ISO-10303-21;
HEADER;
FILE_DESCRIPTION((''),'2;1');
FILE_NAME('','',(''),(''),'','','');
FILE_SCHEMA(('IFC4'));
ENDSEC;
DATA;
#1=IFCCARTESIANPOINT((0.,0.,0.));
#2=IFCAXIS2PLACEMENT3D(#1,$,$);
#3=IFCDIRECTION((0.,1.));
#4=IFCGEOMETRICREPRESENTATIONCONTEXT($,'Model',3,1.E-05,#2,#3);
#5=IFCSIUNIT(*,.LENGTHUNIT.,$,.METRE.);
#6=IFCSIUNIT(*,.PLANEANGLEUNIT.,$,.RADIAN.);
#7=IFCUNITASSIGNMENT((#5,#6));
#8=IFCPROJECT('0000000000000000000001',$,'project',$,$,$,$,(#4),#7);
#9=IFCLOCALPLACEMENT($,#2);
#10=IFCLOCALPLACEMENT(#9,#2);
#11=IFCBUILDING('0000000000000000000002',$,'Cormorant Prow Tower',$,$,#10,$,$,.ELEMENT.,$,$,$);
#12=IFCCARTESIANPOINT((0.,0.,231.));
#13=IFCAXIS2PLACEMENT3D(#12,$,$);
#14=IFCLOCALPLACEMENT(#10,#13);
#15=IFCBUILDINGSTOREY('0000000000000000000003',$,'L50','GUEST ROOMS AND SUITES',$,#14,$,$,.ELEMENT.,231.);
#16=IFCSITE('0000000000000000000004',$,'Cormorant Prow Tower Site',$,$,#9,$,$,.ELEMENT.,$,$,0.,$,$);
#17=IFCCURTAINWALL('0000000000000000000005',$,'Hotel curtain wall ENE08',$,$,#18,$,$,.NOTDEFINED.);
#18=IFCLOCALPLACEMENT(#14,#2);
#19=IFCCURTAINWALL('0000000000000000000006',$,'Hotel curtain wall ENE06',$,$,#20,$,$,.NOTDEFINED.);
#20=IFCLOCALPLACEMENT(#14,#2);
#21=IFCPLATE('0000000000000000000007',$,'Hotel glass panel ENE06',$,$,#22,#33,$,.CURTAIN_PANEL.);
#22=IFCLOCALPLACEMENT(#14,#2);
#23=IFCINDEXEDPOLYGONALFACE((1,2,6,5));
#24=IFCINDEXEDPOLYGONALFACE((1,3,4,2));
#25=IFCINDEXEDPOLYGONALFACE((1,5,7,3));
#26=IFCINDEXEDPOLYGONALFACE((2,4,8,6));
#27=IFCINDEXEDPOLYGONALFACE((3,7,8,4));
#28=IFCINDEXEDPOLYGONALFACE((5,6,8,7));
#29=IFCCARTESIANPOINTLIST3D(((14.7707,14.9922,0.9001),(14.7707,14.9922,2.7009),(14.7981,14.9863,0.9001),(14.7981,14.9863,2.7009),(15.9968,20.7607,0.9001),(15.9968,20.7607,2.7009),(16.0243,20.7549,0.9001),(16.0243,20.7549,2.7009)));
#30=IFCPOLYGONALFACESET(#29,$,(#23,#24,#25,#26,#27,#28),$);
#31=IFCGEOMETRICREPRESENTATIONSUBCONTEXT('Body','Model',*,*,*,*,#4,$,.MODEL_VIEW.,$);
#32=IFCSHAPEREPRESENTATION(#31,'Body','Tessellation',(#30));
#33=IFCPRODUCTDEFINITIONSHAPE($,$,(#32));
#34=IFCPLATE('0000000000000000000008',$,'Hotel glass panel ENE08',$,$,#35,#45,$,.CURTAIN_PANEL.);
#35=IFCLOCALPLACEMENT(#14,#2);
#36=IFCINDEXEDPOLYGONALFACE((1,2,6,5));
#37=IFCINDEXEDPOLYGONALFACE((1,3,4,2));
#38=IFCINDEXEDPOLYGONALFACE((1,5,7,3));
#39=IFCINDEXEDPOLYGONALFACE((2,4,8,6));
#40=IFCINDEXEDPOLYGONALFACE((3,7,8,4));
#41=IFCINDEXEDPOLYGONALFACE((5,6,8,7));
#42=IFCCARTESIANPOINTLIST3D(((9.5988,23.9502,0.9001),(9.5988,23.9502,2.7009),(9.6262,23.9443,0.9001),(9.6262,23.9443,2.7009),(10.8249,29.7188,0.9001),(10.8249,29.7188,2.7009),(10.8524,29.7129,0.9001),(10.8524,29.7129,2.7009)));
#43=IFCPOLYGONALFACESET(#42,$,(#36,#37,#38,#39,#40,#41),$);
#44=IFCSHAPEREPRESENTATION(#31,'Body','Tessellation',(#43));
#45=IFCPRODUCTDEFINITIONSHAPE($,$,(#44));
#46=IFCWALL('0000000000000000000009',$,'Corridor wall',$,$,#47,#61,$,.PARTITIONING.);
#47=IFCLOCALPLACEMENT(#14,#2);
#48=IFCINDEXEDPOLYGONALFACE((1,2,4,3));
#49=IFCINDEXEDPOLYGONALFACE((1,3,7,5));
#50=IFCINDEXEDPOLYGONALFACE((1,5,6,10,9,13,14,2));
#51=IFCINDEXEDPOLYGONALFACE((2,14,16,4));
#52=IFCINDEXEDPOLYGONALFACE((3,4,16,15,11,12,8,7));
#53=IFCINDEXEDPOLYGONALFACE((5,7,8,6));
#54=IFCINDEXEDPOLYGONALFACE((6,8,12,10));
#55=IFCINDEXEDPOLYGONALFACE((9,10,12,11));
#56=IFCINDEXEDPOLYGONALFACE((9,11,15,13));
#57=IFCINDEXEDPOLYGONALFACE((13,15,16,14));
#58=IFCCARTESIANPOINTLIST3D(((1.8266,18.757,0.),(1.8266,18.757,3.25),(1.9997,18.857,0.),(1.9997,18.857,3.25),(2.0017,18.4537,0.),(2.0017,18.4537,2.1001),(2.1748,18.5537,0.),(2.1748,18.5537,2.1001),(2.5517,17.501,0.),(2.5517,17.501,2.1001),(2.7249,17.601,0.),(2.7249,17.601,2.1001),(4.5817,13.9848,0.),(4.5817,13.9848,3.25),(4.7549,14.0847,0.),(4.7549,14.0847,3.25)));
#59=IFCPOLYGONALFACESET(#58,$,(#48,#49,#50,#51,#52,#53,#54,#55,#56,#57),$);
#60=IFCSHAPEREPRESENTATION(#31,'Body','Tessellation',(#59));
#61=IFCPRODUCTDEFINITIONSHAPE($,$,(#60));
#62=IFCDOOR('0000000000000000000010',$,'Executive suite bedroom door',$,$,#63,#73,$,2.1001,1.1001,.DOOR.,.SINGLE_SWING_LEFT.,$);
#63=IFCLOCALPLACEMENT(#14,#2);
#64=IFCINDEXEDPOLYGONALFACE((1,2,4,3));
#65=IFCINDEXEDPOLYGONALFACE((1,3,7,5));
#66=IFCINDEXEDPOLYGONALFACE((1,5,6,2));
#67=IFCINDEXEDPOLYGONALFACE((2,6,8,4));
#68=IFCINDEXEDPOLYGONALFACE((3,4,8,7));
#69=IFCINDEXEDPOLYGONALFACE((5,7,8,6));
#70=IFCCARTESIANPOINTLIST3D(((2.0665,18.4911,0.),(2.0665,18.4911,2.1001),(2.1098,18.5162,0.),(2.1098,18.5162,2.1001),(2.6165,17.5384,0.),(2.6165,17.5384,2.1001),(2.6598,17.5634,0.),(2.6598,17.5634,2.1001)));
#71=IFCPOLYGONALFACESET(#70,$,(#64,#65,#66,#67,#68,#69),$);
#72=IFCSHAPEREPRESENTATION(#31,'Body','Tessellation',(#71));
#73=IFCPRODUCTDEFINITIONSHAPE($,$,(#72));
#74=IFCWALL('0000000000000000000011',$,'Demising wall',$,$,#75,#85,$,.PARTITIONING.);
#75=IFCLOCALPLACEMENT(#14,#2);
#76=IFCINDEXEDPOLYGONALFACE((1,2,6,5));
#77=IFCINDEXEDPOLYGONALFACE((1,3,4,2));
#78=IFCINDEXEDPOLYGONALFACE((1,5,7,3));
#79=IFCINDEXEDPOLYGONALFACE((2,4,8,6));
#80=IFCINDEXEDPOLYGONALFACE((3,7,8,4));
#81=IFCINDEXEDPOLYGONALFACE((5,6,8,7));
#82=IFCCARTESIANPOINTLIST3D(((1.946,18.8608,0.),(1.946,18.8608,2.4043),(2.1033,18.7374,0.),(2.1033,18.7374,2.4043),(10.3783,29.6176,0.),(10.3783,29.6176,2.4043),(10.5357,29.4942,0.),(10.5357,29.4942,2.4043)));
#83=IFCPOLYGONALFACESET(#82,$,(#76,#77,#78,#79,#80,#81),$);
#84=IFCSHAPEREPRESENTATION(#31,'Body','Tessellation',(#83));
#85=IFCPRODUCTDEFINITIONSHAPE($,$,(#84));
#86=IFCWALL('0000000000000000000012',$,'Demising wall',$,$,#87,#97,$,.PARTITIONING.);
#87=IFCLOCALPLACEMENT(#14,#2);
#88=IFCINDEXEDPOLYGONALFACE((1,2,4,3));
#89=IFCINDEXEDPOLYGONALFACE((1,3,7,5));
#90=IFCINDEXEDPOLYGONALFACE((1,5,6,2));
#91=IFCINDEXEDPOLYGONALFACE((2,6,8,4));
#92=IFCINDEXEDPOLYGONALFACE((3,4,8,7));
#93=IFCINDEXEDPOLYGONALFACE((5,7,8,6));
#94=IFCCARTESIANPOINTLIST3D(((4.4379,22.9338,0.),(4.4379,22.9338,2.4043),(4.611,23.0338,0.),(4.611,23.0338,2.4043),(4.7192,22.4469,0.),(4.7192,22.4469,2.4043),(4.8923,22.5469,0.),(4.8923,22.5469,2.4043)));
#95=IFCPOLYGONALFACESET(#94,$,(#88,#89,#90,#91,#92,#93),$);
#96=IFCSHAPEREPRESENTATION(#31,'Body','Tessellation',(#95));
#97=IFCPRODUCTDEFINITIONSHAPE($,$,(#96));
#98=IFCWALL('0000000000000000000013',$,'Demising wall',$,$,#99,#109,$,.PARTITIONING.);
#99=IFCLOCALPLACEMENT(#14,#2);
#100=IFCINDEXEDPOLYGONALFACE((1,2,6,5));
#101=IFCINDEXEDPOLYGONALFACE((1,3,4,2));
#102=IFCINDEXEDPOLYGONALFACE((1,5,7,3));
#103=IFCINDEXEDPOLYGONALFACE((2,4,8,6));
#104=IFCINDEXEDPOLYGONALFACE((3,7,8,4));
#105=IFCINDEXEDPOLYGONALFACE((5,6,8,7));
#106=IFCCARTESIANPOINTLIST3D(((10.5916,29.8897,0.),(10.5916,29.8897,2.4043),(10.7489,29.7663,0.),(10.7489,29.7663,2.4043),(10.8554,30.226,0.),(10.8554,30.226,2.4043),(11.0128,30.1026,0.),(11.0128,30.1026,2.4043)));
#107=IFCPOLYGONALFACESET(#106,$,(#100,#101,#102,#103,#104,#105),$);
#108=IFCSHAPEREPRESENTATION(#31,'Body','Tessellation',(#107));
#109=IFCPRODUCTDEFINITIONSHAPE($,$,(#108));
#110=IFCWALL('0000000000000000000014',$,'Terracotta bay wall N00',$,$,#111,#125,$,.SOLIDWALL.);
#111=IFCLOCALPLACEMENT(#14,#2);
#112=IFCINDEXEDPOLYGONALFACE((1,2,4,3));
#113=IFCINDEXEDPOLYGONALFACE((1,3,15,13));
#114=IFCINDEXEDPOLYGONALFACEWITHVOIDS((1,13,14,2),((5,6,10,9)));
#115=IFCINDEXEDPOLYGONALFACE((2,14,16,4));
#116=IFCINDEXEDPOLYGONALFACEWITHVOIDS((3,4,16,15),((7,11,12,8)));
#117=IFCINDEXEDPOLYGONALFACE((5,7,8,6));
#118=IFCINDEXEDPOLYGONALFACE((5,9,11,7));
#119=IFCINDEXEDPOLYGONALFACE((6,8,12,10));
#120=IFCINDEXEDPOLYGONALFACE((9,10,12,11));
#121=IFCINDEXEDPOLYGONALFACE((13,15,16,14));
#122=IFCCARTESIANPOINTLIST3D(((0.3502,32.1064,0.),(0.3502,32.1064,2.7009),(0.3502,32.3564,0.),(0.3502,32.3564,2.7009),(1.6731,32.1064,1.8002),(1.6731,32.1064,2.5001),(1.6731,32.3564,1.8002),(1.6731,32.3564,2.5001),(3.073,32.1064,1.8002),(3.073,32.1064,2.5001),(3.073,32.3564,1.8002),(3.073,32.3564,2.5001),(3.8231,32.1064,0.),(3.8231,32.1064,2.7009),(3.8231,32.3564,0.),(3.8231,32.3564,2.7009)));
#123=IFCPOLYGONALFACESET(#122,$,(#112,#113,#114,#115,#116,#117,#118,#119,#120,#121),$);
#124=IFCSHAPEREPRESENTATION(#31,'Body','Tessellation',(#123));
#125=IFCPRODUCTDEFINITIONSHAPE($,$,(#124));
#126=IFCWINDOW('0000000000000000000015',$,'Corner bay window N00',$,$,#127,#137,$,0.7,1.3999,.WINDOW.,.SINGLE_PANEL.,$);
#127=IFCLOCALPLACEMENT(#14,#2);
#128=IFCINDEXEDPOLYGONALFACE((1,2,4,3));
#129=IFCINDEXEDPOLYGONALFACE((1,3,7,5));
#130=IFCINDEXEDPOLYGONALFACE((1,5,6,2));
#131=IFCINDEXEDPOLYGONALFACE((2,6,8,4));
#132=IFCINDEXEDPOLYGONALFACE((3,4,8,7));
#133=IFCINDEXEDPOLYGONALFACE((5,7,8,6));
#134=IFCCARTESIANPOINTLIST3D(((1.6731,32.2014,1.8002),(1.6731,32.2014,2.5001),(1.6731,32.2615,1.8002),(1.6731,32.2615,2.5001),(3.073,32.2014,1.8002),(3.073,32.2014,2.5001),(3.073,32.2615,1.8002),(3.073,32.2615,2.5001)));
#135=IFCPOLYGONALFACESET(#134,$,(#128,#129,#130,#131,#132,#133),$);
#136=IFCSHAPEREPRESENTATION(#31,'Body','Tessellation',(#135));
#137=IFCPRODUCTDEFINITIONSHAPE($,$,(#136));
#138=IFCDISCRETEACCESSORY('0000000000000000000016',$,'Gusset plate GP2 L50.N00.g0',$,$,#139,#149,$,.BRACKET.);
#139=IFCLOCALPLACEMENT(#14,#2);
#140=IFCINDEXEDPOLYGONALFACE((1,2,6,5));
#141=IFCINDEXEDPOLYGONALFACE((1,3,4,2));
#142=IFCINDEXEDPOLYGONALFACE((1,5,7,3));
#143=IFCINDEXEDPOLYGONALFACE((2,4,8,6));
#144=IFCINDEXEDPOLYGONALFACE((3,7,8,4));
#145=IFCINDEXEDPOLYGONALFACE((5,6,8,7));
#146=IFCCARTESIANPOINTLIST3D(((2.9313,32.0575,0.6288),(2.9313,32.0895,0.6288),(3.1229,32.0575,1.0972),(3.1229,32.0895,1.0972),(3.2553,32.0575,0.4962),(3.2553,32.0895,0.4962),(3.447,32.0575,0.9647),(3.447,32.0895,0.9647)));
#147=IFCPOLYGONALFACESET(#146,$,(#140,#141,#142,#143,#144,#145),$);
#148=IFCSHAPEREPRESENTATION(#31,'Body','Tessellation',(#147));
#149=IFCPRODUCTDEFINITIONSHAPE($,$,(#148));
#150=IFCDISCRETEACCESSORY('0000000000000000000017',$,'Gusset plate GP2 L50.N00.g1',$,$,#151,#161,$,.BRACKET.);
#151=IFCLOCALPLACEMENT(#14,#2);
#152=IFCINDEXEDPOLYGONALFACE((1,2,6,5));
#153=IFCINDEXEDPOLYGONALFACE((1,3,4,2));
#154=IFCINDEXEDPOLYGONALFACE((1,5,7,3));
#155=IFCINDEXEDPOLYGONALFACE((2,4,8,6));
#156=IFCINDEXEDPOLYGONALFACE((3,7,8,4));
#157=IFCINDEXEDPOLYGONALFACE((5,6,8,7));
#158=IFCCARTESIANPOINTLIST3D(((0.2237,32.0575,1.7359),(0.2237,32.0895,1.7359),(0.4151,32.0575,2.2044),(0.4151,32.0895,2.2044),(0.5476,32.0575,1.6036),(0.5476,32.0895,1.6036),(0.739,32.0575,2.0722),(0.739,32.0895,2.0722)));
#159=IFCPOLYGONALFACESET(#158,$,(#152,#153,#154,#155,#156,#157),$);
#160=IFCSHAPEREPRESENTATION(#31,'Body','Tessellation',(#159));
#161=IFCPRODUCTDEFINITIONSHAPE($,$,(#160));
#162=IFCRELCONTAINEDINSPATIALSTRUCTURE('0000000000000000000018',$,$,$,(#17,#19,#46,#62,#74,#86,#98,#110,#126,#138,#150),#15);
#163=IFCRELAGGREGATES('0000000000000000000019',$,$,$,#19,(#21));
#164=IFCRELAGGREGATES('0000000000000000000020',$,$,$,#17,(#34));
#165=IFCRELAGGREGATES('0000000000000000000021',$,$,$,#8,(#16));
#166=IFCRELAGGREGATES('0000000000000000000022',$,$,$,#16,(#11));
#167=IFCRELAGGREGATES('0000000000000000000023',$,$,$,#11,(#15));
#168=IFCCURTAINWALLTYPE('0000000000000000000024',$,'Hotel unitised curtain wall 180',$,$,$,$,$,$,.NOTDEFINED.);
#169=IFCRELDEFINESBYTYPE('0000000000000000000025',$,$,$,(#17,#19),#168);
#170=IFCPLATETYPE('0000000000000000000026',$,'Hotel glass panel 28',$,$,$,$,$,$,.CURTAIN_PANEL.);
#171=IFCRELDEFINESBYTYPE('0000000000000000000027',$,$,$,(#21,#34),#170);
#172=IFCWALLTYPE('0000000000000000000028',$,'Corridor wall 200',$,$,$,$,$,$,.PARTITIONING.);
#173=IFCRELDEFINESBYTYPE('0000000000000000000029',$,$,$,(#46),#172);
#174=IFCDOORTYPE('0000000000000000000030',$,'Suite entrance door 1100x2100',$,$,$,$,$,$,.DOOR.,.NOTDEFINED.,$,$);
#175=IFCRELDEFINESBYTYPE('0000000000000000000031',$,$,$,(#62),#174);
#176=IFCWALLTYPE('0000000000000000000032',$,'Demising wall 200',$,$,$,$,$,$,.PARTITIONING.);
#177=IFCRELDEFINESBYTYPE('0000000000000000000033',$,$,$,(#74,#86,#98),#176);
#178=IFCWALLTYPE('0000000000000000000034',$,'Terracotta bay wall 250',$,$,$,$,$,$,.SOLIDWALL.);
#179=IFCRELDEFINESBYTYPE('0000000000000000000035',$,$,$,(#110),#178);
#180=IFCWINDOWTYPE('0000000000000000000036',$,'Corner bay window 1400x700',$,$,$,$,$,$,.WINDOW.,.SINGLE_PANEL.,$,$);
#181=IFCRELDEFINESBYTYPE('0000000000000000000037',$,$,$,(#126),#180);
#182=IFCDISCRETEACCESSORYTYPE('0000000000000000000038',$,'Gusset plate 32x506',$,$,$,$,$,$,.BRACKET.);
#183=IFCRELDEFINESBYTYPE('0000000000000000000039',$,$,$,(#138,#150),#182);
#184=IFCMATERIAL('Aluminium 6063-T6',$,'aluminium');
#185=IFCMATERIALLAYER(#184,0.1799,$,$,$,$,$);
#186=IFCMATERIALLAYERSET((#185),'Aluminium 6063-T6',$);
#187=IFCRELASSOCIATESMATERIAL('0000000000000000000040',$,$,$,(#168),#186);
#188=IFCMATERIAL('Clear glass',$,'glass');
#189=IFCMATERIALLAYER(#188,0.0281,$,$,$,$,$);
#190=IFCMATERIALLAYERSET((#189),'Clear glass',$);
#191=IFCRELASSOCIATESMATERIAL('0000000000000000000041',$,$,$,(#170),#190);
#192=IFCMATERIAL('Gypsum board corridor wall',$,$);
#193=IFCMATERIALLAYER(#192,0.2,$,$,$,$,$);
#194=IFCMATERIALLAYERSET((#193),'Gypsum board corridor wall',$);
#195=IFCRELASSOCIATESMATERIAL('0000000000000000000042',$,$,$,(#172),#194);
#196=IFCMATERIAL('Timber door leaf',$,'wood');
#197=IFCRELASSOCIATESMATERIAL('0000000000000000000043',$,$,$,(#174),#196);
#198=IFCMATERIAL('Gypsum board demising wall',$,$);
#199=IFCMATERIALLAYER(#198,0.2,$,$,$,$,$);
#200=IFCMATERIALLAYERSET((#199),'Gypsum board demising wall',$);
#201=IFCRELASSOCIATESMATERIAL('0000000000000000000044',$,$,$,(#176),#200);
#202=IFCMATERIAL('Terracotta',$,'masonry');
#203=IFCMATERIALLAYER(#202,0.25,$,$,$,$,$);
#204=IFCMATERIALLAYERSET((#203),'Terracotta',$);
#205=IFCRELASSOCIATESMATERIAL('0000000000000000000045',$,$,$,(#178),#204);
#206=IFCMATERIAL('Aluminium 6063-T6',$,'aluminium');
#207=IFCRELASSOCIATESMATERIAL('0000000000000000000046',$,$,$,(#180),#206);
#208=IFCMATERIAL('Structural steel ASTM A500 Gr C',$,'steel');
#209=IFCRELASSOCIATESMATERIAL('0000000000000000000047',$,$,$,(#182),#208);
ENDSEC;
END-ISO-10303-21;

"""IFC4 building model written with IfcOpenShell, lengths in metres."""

from ifc_helpers import new_model, si_unit, direction, frame, frame_2d, origin, origin_2d, place, context, subcontext, project, spatial, rectangle, extrude, material, layer, layer_set, material_profile, profile_set, type_object, element, fill, aggregate, save


model = new_model("IFC4")

# Units and contexts
model_context = context("Model", 3, precision=1e-05, world=origin(), true_north=direction((0.0, 1.0)))
body_context = subcontext(model_context, "Body", "Model", "MODEL_VIEW")
ifc_project = project(units=[si_unit("LENGTHUNIT", "METRE"), si_unit("PLANEANGLEUNIT", "RADIAN")], contexts=[model_context])

# Site, building, storey
site_placement = place(None, origin())
site = spatial("IfcSite", under=ifc_project, at=site_placement, Name="Cormorant Prow Tower Site", CompositionType="ELEMENT", RefElevation=0.0)
building_placement = place(site_placement, origin())
building = spatial("IfcBuilding", under=site, at=building_placement, Name="Cormorant Prow Tower", CompositionType="ELEMENT")
storey_placement = place(building_placement, frame((0.0, 0.0, 231.0)))
storey = spatial("IfcBuildingStorey", under=building, at=storey_placement, Name="L50", Description="GUEST ROOMS AND SUITES", CompositionType="ELEMENT", Elevation=231.0)

# Curtain wall
ifc_material_1 = material(Name="Aluminium 6063-T6", Category="aluminium")
ifc_layer_1 = layer(ifc_material_1, 0.1799)
ifc_layer_set_1 = layer_set([ifc_layer_1], Name="Aluminium 6063-T6")
curtain_wall_type = type_object("IfcCurtainWallType", Name="Hotel unitised curtain wall 180", PredefinedType="NOTDEFINED", material=ifc_layer_set_1)
curtain_wall_1_placement = place(storey_placement, origin())
curtain_wall_1 = element("IfcCurtainWall", 1, at=curtain_wall_1_placement, inside=storey, type_object=curtain_wall_type, Name="Hotel curtain wall ENE08", PredefinedType="NOTDEFINED")

# Curtain wall, plate
curtain_wall_2_placement = place(storey_placement, origin())
curtain_wall_2 = element("IfcCurtainWall", 2, at=curtain_wall_2_placement, inside=storey, type_object=curtain_wall_type, Name="Hotel curtain wall ENE06", PredefinedType="NOTDEFINED")
ifc_material_2 = material(Name="Clear glass", Category="glass")
ifc_layer_2 = layer(ifc_material_2, 0.0281)
ifc_layer_set_2 = layer_set([ifc_layer_2], Name="Clear glass")
plate_type = type_object("IfcPlateType", Name="Hotel glass panel 28", PredefinedType="CURTAIN_PANEL", material=ifc_layer_set_2)
plate_1_placement = place(storey_placement, frame((15.3975, 17.8735, 0.9001), z_axis=(0.0, 0.0, 1.0), x_axis=(0.207912, 0.978148, 0.0)))
plate_1 = element("IfcPlate", 3, at=plate_1_placement, type_object=plate_type, Name="Hotel glass panel ENE06", PredefinedType="CURTAIN_PANEL", context=body_context, shape_type="SweptSolid", body=[
    extrude(rectangle(XDim=5.8975, YDim=0.0281, at=origin_2d()), origin(), (0.0, 0.0, 1.0), 1.8008),
])
aggregate(curtain_wall_2, [plate_1])

# Plate
plate_2_placement = place(storey_placement, frame((10.2256, 26.8315, 0.9001), z_axis=(0.0, 0.0, 1.0), x_axis=(0.207912, 0.978148, 0.0)))
plate_2 = element("IfcPlate", 4, at=plate_2_placement, type_object=plate_type, Name="Hotel glass panel ENE08", PredefinedType="CURTAIN_PANEL", context=body_context, shape_type="SweptSolid", body=[
    extrude(rectangle(XDim=5.8975, YDim=0.0281, at=origin_2d()), origin(), (0.0, 0.0, 1.0), 1.8008),
])
aggregate(curtain_wall_1, [plate_2])

# Wall, opening, door
ifc_material_3 = material(Name="Gypsum board corridor wall")
ifc_layer_3 = layer(ifc_material_3, 0.2)
ifc_layer_set_3 = layer_set([ifc_layer_3], Name="Gypsum board corridor wall")
wall_type_1 = type_object("IfcWallType", Name="Corridor wall 200", PredefinedType="PARTITIONING", material=ifc_layer_set_3)
wall_1_placement = place(storey_placement, frame((1.9131, 18.8071, 0.0), z_axis=(0.0, 0.0, 1.0), x_axis=(0.499985, -0.866034, 0.0)))
wall_1 = element("IfcWall", 5, at=wall_1_placement, inside=storey, type_object=wall_type_1, Name="Corridor wall", PredefinedType="PARTITIONING", context=body_context, shape_type="SweptSolid", body=[
    extrude(rectangle(XDim=5.5105, YDim=0.2, at=frame_2d((2.7554, 0.0))), origin(), (0.0, 0.0, 1.0), 3.25),
])
opening_1_placement = place(wall_1_placement, frame((0.3503, 0.0, 0.0)))
opening_1 = element("IfcOpeningElement", 6, at=opening_1_placement, cuts=wall_1, PredefinedType="OPENING", context=body_context, shape_type="SweptSolid", body=[
    extrude(rectangle(XDim=1.1001, YDim=2.1001, at=frame_2d((0.55, 1.05))), frame((0.0, 0.1099, 0.0), z_axis=(0.0, -1.0, 0.0), x_axis=(1.0, 0.0, 0.0)), (0.0, 0.0, 1.0), 0.22),
])
ifc_material_4 = material(Name="Timber door leaf", Category="wood")
door_type_1 = type_object("IfcDoorType", Name="Suite entrance door 1100x2100", OperationType="NOTDEFINED", PredefinedType="DOOR", material=ifc_material_4)
door_1_placement = place(opening_1_placement, origin())
door_1 = element("IfcDoor", 7, at=door_1_placement, inside=storey, type_object=door_type_1, Name="Executive suite bedroom door", OperationType="SINGLE_SWING_LEFT", OverallHeight=2.1001, OverallWidth=1.1001, PredefinedType="DOOR", context=body_context, shape_type="SweptSolid", body=[
    extrude(rectangle(XDim=1.1001, YDim=2.1001, at=frame_2d((0.55, 1.05))), frame((0.0, 0.0249, 0.0), z_axis=(0.0, -1.0, 0.0), x_axis=(1.0, 0.0, 0.0)), (0.0, 0.0, 1.0), 0.05),
])
fill(opening_1, door_1)

# Walls
ifc_material_5 = material(Name="Gypsum board demising wall")
ifc_layer_4 = layer(ifc_material_5, 0.2)
ifc_layer_set_4 = layer_set([ifc_layer_4], Name="Gypsum board demising wall")
wall_type_2 = type_object("IfcWallType", Name="Demising wall 200", PredefinedType="PARTITIONING", material=ifc_layer_set_4)
wall_2_placement = place(storey_placement, frame((2.0247, 18.7991, 0.0), z_axis=(0.0, 0.0, 1.0), x_axis=(0.616942, 0.787008, 0.0)))
element("IfcWall", 8, at=wall_2_placement, inside=storey, type_object=wall_type_2, Name="Demising wall", PredefinedType="PARTITIONING", context=body_context, shape_type="SweptSolid", body=[
    extrude(rectangle(XDim=13.668, YDim=0.2, at=frame_2d((6.834, 0.0))), origin(), (0.0, 0.0, 1.0), 2.4043),
])
wall_3_placement = place(storey_placement, frame((4.5244, 22.9839, 0.0), z_axis=(0.0, 0.0, 1.0), x_axis=(0.500249, -0.865882, 0.0)))
element("IfcWall", 9, at=wall_3_placement, inside=storey, type_object=wall_type_2, Name="Demising wall", PredefinedType="PARTITIONING", context=body_context, shape_type="SweptSolid", body=[
    extrude(rectangle(XDim=0.5623, YDim=0.2, at=frame_2d((0.2812, 0.0))), origin(), (0.0, 0.0, 1.0), 2.4043),
])
wall_4_placement = place(storey_placement, frame((10.6702, 29.8279, 0.0), z_axis=(0.0, 0.0, 1.0), x_axis=(0.617216, 0.786794, 0.0)))
element("IfcWall", 10, at=wall_4_placement, inside=storey, type_object=wall_type_2, Name="Demising wall", PredefinedType="PARTITIONING", context=body_context, shape_type="SweptSolid", body=[
    extrude(rectangle(XDim=0.4275, YDim=0.2, at=frame_2d((0.2139, 0.0))), origin(), (0.0, 0.0, 1.0), 2.4043),
])

# Wall, opening, window
ifc_material_6 = material(Name="Terracotta", Category="masonry")
ifc_layer_5 = layer(ifc_material_6, 0.25)
ifc_layer_set_5 = layer_set([ifc_layer_5], Name="Terracotta")
wall_type_3 = type_object("IfcWallType", Name="Terracotta bay wall 250", PredefinedType="SOLIDWALL", material=ifc_layer_set_5)
wall_5_placement = place(storey_placement, frame((3.823, 32.2314, 0.0), z_axis=(0.0, 0.0, 1.0), x_axis=(-1.0, 0.0, 0.0)))
wall_5 = element("IfcWall", 11, at=wall_5_placement, inside=storey, type_object=wall_type_3, Name="Terracotta bay wall N00", PredefinedType="SOLIDWALL", context=body_context, shape_type="SweptSolid", body=[
    extrude(rectangle(XDim=3.4729, YDim=0.25, at=frame_2d((1.7363, 0.0))), origin(), (0.0, 0.0, 1.0), 2.7009),
])
opening_2_placement = place(wall_5_placement, frame((0.75, 0.0, 1.8)))
opening_2 = element("IfcOpeningElement", 12, at=opening_2_placement, cuts=wall_5, PredefinedType="OPENING", context=body_context, shape_type="SweptSolid", body=[
    extrude(rectangle(XDim=1.3999, YDim=0.7, at=frame_2d((0.7, 0.3501))), frame((0.0, 0.135, 0.0), z_axis=(0.0, -1.0, 0.0), x_axis=(1.0, 0.0, 0.0)), (0.0, 0.0, 1.0), 0.27),
])
ifc_material_7 = material(Name="Aluminium 6063-T6", Category="aluminium")
window_type = type_object("IfcWindowType", Name="Corner bay window 1400x700", PartitioningType="SINGLE_PANEL", PredefinedType="WINDOW", material=ifc_material_7)
window_placement = place(opening_2_placement, origin())
window = element("IfcWindow", 13, at=window_placement, inside=storey, type_object=window_type, Name="Corner bay window N00", OverallHeight=0.7, OverallWidth=1.3999, PartitioningType="SINGLE_PANEL", PredefinedType="WINDOW", context=body_context, shape_type="SweptSolid", body=[
    extrude(rectangle(XDim=1.3999, YDim=0.7, at=frame_2d((0.7, 0.3501))), frame((0.0, 0.03, 0.0), z_axis=(0.0, -1.0, 0.0), x_axis=(1.0, 0.0, 0.0)), (0.0, 0.0, 1.0), 0.0601),
])
fill(opening_2, window)

# Discrete accessories
ifc_material_8 = material(Name="Structural steel ASTM A500 Gr C", Category="steel")
ifc_material_profile_1 = material_profile(ifc_material_8, rectangle(XDim=0.032, YDim=0.5061, at=origin_2d()), Name="Gusset plate 32x506")
ifc_profile_set_1 = profile_set([ifc_material_profile_1], Name="Structural steel ASTM A500 Gr C")
discrete_accessory_type = type_object("IfcDiscreteAccessoryType", Name="Gusset plate 32x506", PredefinedType="BRACKET", material=ifc_profile_set_1)
discrete_accessory_1_placement = place(storey_placement, frame((3.0271, 32.0735, 0.863), z_axis=(0.925514, 0.0, -0.378714), x_axis=(0.0, 1.0, 0.0)))
element("IfcDiscreteAccessory", 14, at=discrete_accessory_1_placement, inside=storey, type_object=discrete_accessory_type, Name="Gusset plate GP2 L50.N00.g0", PredefinedType="BRACKET", context=body_context, shape_type="SweptSolid", body=[
    extrude(rectangle(XDim=0.032, YDim=0.5061, at=origin_2d()), origin(), (0.0, 0.0, 1.0), 0.3501),
])
discrete_accessory_2_placement = place(storey_placement, frame((0.6433, 32.0735, 1.8379), z_axis=(-0.925758, 0.0, 0.378117), x_axis=(0.0, -1.0, 0.0)))
element("IfcDiscreteAccessory", 15, at=discrete_accessory_2_placement, inside=storey, type_object=discrete_accessory_type, Name="Gusset plate GP2 L50.N00.g1", PredefinedType="BRACKET", context=body_context, shape_type="SweptSolid", body=[
    extrude(rectangle(XDim=0.032, YDim=0.5061, at=origin_2d()), origin(), (0.0, 0.0, 1.0), 0.3499),
])

save(model, "model.ifc")
